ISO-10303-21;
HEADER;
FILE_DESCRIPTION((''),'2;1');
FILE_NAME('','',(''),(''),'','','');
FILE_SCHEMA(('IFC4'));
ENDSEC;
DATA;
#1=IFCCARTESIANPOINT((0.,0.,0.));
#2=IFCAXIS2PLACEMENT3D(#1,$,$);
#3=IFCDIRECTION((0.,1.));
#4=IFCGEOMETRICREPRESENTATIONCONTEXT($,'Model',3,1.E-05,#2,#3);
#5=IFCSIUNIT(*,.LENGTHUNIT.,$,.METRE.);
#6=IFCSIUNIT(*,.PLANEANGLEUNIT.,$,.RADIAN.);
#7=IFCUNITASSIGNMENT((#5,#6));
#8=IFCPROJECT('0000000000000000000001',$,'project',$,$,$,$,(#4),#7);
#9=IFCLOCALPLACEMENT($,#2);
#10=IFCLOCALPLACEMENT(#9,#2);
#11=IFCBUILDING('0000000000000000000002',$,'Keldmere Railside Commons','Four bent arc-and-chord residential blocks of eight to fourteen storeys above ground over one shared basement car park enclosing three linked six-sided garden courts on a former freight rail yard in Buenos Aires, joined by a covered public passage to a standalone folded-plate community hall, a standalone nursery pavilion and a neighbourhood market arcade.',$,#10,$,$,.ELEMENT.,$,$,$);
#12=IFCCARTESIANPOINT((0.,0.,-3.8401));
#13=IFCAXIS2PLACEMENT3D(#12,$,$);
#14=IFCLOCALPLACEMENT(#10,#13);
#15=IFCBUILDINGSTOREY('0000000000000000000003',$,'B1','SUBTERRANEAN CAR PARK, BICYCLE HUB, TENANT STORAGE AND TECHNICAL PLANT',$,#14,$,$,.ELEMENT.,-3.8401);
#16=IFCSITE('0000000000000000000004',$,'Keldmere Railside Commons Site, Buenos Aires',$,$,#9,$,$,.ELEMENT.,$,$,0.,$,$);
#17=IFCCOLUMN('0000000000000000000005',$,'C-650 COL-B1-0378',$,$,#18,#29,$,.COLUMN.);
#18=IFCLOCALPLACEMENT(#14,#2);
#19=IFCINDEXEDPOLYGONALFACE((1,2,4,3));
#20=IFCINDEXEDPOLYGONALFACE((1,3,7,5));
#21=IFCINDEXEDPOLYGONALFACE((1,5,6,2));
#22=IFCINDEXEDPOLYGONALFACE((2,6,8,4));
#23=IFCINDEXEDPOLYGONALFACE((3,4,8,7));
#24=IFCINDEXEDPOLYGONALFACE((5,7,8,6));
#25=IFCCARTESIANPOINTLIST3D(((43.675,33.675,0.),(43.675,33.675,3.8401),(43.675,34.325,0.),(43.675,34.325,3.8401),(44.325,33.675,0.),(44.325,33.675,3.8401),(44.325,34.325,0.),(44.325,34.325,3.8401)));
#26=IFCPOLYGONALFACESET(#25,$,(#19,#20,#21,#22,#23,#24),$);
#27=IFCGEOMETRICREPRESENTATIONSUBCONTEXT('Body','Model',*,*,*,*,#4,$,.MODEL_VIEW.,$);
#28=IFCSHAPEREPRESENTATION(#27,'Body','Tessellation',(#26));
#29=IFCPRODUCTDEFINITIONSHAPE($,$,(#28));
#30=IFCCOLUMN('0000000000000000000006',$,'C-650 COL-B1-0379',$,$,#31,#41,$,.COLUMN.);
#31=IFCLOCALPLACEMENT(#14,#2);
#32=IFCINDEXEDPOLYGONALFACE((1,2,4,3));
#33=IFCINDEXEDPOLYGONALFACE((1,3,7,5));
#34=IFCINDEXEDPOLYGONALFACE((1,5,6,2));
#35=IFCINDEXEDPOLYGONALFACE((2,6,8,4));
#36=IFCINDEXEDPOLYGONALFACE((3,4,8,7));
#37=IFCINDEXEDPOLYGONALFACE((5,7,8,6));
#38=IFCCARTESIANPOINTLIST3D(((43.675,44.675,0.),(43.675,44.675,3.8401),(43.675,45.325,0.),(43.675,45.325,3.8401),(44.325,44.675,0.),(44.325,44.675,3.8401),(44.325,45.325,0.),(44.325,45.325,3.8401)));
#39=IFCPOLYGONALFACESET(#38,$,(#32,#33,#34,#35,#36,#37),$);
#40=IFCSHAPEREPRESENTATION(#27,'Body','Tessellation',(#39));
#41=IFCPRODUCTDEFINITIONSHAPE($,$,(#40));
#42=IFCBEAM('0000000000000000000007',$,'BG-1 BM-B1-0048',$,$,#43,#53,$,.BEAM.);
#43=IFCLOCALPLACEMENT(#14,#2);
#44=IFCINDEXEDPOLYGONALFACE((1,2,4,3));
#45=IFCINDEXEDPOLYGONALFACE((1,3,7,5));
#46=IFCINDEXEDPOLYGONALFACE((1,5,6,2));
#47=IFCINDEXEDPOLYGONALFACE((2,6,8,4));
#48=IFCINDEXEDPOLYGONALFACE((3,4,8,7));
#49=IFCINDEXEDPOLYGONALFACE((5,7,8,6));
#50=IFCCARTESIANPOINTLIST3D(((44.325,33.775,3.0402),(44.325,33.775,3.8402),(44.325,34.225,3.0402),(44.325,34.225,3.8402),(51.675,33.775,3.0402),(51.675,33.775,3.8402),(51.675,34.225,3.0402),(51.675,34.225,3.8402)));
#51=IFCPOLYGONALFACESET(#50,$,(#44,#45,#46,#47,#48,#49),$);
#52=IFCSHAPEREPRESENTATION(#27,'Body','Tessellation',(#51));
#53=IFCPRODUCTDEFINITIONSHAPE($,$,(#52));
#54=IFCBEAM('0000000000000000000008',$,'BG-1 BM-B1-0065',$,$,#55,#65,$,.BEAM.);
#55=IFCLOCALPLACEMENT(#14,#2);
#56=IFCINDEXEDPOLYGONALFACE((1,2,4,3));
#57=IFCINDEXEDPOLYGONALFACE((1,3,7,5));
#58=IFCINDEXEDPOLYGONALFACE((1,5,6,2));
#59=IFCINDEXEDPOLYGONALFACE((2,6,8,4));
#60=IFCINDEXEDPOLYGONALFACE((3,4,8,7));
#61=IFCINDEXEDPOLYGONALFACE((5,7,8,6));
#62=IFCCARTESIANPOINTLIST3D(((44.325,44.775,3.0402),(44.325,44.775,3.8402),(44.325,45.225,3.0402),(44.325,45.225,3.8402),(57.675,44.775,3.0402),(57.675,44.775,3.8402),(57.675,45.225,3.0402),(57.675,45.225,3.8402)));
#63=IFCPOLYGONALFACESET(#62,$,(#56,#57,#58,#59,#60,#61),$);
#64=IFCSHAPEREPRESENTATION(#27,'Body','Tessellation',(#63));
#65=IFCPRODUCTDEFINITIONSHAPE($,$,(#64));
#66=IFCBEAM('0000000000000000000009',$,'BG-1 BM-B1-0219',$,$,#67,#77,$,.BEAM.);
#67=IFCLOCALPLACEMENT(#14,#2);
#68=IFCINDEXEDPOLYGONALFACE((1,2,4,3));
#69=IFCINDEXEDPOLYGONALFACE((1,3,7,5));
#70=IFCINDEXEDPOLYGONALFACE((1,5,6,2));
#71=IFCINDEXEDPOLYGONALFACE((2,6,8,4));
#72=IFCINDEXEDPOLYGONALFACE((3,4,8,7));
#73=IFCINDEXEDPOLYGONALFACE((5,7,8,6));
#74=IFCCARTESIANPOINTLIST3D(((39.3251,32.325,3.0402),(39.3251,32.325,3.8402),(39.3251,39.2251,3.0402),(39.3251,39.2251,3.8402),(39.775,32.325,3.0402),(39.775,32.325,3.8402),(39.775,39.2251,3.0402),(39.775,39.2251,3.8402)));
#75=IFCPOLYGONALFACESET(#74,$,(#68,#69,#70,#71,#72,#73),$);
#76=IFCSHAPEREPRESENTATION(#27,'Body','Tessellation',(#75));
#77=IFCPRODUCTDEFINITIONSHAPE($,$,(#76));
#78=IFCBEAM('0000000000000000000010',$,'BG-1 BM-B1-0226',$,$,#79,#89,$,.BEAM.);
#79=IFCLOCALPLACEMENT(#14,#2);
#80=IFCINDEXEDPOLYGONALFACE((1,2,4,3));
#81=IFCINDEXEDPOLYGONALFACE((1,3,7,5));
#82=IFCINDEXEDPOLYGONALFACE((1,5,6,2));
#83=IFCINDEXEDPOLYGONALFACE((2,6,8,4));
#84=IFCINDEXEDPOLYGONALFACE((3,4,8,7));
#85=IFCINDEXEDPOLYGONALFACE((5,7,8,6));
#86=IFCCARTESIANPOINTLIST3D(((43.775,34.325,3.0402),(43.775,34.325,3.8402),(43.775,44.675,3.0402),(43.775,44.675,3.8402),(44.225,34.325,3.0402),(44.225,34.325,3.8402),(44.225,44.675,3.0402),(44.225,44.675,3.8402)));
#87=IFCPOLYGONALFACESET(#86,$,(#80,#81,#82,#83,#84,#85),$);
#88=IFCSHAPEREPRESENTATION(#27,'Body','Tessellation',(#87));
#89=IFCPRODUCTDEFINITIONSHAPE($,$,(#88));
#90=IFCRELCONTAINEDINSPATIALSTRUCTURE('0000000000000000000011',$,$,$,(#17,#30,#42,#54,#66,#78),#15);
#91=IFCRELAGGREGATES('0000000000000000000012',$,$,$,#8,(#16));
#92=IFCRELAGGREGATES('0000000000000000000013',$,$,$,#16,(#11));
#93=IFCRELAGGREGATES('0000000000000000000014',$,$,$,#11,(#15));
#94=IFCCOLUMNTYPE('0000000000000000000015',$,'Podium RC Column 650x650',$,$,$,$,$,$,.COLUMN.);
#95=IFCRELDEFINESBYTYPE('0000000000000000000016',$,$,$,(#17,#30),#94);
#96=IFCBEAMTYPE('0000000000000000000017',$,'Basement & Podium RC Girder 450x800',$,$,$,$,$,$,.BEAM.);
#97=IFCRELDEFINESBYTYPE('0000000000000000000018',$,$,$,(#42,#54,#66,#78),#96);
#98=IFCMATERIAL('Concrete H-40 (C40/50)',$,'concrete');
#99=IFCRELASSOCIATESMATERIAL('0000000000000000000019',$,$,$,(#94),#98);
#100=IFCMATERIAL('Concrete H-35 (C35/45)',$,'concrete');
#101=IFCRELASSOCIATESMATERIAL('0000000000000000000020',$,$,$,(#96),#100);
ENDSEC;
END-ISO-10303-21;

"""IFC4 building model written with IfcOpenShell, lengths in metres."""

from ifc_helpers import new_model, si_unit, direction, frame, origin, origin_2d, place, context, subcontext, project, spatial, rectangle, extrude, material, material_profile, profile_set, type_object, element, save


model = new_model("IFC4")

# Units and contexts
model_context = context("Model", 3, precision=1e-05, world=origin(), true_north=direction((0.0, 1.0)))
body_context = subcontext(model_context, "Body", "Model", "MODEL_VIEW")
ifc_project = project(units=[si_unit("LENGTHUNIT", "METRE"), si_unit("PLANEANGLEUNIT", "RADIAN")], contexts=[model_context])

# Site, building, storey
site_placement = place(None, origin())
site = spatial("IfcSite", under=ifc_project, at=site_placement, Name="Keldmere Railside Commons Site, Buenos Aires", CompositionType="ELEMENT", RefElevation=0.0)
building_placement = place(site_placement, origin())
building = spatial("IfcBuilding", under=site, at=building_placement, Name="Keldmere Railside Commons", Description="Four bent arc-and-chord residential blocks of eight to fourteen storeys above ground over one shared basement car park enclosing three linked six-sided garden courts on a former freight rail yard in Buenos Aires, joined by a covered public passage to a standalone folded-plate community hall, a standalone nursery pavilion and a neighbourhood market arcade.", CompositionType="ELEMENT")
storey_placement = place(building_placement, frame((0.0, 0.0, -3.8401)))
storey = spatial("IfcBuildingStorey", under=building, at=storey_placement, Name="B1", Description="SUBTERRANEAN CAR PARK, BICYCLE HUB, TENANT STORAGE AND TECHNICAL PLANT", CompositionType="ELEMENT", Elevation=-3.8401)

# Shared definitions
ifc_material_1 = material(Name="Concrete H-40 (C40/50)", Category="concrete")

# Columns
ifc_material_profile_1 = material_profile(ifc_material_1, rectangle(XDim=0.6499, YDim=0.6499, at=origin_2d()), Name="RC-650x650")
ifc_profile_set_1 = profile_set([ifc_material_profile_1], Name="Concrete H-40 (C40/50)")
column_type = type_object("IfcColumnType", Name="Podium RC Column 650x650", PredefinedType="COLUMN", material=ifc_profile_set_1)
for number, where, z_axis, x_axis, name in (
    (1, (44.0, 34.0, 0.0), (0.0, 0.0, 1.0), (1.0, 0.0, 0.0), "C-650 COL-B1-0378"),
    (2, (44.0, 45.0, 0.0), (0.0, 0.0, 1.0), (1.0, 0.0, 0.0), "C-650 COL-B1-0379"),
):
    element("IfcColumn", number, at=place(storey_placement, frame(where, z_axis=z_axis, x_axis=x_axis)), inside=storey, type_object=column_type, Name=name, PredefinedType="COLUMN", context=body_context, shape_type="SweptSolid", body=[
        extrude(rectangle(XDim=0.6499, YDim=0.6499, at=origin_2d()), origin(), (0.0, 0.0, 1.0), 3.8401),
    ])

# Beams
ifc_material_2 = material(Name="Concrete H-35 (C35/45)", Category="concrete")
ifc_material_profile_2 = material_profile(ifc_material_2, rectangle(XDim=0.45, YDim=0.8, at=origin_2d()), Name="RC-450x800")
ifc_profile_set_2 = profile_set([ifc_material_profile_2], Name="Concrete H-35 (C35/45)")
beam_type = type_object("IfcBeamType", Name="Basement & Podium RC Girder 450x800", PredefinedType="BEAM", material=ifc_profile_set_2)
beam_1_placement = place(storey_placement, frame((44.325, 34.0, 3.4402), z_axis=(1.0, 0.0, 0.0), x_axis=(0.0, 1.0, 0.0)))
element("IfcBeam", 3, at=beam_1_placement, inside=storey, type_object=beam_type, Name="BG-1 BM-B1-0048", PredefinedType="BEAM", context=body_context, shape_type="SweptSolid", body=[
    extrude(rectangle(XDim=0.45, YDim=0.8, at=origin_2d()), origin(), (0.0, 0.0, 1.0), 7.3501),
])
beam_2_placement = place(storey_placement, frame((44.325, 45.0, 3.4402), z_axis=(1.0, 0.0, 0.0), x_axis=(0.0, 1.0, 0.0)))
element("IfcBeam", 4, at=beam_2_placement, inside=storey, type_object=beam_type, Name="BG-1 BM-B1-0065", PredefinedType="BEAM", context=body_context, shape_type="SweptSolid", body=[
    extrude(rectangle(XDim=0.45, YDim=0.8, at=origin_2d()), origin(), (0.0, 0.0, 1.0), 13.3501),
])
beam_3_placement = place(storey_placement, frame((39.55, 32.325, 3.4402), z_axis=(0.0, 1.0, 0.0), x_axis=(-1.0, 0.0, 0.0)))
element("IfcBeam", 5, at=beam_3_placement, inside=storey, type_object=beam_type, Name="BG-1 BM-B1-0219", PredefinedType="BEAM", context=body_context, shape_type="SweptSolid", body=[
    extrude(rectangle(XDim=0.45, YDim=0.8, at=origin_2d()), origin(), (0.0, 0.0, 1.0), 6.9001),
])
beam_4_placement = place(storey_placement, frame((44.0, 34.325, 3.4402), z_axis=(0.0, 1.0, 0.0), x_axis=(-1.0, 0.0, 0.0)))
element("IfcBeam", 6, at=beam_4_placement, inside=storey, type_object=beam_type, Name="BG-1 BM-B1-0226", PredefinedType="BEAM", context=body_context, shape_type="SweptSolid", body=[
    extrude(rectangle(XDim=0.45, YDim=0.8, at=origin_2d()), origin(), (0.0, 0.0, 1.0), 10.3501),
])

save(model, "model.ifc")
